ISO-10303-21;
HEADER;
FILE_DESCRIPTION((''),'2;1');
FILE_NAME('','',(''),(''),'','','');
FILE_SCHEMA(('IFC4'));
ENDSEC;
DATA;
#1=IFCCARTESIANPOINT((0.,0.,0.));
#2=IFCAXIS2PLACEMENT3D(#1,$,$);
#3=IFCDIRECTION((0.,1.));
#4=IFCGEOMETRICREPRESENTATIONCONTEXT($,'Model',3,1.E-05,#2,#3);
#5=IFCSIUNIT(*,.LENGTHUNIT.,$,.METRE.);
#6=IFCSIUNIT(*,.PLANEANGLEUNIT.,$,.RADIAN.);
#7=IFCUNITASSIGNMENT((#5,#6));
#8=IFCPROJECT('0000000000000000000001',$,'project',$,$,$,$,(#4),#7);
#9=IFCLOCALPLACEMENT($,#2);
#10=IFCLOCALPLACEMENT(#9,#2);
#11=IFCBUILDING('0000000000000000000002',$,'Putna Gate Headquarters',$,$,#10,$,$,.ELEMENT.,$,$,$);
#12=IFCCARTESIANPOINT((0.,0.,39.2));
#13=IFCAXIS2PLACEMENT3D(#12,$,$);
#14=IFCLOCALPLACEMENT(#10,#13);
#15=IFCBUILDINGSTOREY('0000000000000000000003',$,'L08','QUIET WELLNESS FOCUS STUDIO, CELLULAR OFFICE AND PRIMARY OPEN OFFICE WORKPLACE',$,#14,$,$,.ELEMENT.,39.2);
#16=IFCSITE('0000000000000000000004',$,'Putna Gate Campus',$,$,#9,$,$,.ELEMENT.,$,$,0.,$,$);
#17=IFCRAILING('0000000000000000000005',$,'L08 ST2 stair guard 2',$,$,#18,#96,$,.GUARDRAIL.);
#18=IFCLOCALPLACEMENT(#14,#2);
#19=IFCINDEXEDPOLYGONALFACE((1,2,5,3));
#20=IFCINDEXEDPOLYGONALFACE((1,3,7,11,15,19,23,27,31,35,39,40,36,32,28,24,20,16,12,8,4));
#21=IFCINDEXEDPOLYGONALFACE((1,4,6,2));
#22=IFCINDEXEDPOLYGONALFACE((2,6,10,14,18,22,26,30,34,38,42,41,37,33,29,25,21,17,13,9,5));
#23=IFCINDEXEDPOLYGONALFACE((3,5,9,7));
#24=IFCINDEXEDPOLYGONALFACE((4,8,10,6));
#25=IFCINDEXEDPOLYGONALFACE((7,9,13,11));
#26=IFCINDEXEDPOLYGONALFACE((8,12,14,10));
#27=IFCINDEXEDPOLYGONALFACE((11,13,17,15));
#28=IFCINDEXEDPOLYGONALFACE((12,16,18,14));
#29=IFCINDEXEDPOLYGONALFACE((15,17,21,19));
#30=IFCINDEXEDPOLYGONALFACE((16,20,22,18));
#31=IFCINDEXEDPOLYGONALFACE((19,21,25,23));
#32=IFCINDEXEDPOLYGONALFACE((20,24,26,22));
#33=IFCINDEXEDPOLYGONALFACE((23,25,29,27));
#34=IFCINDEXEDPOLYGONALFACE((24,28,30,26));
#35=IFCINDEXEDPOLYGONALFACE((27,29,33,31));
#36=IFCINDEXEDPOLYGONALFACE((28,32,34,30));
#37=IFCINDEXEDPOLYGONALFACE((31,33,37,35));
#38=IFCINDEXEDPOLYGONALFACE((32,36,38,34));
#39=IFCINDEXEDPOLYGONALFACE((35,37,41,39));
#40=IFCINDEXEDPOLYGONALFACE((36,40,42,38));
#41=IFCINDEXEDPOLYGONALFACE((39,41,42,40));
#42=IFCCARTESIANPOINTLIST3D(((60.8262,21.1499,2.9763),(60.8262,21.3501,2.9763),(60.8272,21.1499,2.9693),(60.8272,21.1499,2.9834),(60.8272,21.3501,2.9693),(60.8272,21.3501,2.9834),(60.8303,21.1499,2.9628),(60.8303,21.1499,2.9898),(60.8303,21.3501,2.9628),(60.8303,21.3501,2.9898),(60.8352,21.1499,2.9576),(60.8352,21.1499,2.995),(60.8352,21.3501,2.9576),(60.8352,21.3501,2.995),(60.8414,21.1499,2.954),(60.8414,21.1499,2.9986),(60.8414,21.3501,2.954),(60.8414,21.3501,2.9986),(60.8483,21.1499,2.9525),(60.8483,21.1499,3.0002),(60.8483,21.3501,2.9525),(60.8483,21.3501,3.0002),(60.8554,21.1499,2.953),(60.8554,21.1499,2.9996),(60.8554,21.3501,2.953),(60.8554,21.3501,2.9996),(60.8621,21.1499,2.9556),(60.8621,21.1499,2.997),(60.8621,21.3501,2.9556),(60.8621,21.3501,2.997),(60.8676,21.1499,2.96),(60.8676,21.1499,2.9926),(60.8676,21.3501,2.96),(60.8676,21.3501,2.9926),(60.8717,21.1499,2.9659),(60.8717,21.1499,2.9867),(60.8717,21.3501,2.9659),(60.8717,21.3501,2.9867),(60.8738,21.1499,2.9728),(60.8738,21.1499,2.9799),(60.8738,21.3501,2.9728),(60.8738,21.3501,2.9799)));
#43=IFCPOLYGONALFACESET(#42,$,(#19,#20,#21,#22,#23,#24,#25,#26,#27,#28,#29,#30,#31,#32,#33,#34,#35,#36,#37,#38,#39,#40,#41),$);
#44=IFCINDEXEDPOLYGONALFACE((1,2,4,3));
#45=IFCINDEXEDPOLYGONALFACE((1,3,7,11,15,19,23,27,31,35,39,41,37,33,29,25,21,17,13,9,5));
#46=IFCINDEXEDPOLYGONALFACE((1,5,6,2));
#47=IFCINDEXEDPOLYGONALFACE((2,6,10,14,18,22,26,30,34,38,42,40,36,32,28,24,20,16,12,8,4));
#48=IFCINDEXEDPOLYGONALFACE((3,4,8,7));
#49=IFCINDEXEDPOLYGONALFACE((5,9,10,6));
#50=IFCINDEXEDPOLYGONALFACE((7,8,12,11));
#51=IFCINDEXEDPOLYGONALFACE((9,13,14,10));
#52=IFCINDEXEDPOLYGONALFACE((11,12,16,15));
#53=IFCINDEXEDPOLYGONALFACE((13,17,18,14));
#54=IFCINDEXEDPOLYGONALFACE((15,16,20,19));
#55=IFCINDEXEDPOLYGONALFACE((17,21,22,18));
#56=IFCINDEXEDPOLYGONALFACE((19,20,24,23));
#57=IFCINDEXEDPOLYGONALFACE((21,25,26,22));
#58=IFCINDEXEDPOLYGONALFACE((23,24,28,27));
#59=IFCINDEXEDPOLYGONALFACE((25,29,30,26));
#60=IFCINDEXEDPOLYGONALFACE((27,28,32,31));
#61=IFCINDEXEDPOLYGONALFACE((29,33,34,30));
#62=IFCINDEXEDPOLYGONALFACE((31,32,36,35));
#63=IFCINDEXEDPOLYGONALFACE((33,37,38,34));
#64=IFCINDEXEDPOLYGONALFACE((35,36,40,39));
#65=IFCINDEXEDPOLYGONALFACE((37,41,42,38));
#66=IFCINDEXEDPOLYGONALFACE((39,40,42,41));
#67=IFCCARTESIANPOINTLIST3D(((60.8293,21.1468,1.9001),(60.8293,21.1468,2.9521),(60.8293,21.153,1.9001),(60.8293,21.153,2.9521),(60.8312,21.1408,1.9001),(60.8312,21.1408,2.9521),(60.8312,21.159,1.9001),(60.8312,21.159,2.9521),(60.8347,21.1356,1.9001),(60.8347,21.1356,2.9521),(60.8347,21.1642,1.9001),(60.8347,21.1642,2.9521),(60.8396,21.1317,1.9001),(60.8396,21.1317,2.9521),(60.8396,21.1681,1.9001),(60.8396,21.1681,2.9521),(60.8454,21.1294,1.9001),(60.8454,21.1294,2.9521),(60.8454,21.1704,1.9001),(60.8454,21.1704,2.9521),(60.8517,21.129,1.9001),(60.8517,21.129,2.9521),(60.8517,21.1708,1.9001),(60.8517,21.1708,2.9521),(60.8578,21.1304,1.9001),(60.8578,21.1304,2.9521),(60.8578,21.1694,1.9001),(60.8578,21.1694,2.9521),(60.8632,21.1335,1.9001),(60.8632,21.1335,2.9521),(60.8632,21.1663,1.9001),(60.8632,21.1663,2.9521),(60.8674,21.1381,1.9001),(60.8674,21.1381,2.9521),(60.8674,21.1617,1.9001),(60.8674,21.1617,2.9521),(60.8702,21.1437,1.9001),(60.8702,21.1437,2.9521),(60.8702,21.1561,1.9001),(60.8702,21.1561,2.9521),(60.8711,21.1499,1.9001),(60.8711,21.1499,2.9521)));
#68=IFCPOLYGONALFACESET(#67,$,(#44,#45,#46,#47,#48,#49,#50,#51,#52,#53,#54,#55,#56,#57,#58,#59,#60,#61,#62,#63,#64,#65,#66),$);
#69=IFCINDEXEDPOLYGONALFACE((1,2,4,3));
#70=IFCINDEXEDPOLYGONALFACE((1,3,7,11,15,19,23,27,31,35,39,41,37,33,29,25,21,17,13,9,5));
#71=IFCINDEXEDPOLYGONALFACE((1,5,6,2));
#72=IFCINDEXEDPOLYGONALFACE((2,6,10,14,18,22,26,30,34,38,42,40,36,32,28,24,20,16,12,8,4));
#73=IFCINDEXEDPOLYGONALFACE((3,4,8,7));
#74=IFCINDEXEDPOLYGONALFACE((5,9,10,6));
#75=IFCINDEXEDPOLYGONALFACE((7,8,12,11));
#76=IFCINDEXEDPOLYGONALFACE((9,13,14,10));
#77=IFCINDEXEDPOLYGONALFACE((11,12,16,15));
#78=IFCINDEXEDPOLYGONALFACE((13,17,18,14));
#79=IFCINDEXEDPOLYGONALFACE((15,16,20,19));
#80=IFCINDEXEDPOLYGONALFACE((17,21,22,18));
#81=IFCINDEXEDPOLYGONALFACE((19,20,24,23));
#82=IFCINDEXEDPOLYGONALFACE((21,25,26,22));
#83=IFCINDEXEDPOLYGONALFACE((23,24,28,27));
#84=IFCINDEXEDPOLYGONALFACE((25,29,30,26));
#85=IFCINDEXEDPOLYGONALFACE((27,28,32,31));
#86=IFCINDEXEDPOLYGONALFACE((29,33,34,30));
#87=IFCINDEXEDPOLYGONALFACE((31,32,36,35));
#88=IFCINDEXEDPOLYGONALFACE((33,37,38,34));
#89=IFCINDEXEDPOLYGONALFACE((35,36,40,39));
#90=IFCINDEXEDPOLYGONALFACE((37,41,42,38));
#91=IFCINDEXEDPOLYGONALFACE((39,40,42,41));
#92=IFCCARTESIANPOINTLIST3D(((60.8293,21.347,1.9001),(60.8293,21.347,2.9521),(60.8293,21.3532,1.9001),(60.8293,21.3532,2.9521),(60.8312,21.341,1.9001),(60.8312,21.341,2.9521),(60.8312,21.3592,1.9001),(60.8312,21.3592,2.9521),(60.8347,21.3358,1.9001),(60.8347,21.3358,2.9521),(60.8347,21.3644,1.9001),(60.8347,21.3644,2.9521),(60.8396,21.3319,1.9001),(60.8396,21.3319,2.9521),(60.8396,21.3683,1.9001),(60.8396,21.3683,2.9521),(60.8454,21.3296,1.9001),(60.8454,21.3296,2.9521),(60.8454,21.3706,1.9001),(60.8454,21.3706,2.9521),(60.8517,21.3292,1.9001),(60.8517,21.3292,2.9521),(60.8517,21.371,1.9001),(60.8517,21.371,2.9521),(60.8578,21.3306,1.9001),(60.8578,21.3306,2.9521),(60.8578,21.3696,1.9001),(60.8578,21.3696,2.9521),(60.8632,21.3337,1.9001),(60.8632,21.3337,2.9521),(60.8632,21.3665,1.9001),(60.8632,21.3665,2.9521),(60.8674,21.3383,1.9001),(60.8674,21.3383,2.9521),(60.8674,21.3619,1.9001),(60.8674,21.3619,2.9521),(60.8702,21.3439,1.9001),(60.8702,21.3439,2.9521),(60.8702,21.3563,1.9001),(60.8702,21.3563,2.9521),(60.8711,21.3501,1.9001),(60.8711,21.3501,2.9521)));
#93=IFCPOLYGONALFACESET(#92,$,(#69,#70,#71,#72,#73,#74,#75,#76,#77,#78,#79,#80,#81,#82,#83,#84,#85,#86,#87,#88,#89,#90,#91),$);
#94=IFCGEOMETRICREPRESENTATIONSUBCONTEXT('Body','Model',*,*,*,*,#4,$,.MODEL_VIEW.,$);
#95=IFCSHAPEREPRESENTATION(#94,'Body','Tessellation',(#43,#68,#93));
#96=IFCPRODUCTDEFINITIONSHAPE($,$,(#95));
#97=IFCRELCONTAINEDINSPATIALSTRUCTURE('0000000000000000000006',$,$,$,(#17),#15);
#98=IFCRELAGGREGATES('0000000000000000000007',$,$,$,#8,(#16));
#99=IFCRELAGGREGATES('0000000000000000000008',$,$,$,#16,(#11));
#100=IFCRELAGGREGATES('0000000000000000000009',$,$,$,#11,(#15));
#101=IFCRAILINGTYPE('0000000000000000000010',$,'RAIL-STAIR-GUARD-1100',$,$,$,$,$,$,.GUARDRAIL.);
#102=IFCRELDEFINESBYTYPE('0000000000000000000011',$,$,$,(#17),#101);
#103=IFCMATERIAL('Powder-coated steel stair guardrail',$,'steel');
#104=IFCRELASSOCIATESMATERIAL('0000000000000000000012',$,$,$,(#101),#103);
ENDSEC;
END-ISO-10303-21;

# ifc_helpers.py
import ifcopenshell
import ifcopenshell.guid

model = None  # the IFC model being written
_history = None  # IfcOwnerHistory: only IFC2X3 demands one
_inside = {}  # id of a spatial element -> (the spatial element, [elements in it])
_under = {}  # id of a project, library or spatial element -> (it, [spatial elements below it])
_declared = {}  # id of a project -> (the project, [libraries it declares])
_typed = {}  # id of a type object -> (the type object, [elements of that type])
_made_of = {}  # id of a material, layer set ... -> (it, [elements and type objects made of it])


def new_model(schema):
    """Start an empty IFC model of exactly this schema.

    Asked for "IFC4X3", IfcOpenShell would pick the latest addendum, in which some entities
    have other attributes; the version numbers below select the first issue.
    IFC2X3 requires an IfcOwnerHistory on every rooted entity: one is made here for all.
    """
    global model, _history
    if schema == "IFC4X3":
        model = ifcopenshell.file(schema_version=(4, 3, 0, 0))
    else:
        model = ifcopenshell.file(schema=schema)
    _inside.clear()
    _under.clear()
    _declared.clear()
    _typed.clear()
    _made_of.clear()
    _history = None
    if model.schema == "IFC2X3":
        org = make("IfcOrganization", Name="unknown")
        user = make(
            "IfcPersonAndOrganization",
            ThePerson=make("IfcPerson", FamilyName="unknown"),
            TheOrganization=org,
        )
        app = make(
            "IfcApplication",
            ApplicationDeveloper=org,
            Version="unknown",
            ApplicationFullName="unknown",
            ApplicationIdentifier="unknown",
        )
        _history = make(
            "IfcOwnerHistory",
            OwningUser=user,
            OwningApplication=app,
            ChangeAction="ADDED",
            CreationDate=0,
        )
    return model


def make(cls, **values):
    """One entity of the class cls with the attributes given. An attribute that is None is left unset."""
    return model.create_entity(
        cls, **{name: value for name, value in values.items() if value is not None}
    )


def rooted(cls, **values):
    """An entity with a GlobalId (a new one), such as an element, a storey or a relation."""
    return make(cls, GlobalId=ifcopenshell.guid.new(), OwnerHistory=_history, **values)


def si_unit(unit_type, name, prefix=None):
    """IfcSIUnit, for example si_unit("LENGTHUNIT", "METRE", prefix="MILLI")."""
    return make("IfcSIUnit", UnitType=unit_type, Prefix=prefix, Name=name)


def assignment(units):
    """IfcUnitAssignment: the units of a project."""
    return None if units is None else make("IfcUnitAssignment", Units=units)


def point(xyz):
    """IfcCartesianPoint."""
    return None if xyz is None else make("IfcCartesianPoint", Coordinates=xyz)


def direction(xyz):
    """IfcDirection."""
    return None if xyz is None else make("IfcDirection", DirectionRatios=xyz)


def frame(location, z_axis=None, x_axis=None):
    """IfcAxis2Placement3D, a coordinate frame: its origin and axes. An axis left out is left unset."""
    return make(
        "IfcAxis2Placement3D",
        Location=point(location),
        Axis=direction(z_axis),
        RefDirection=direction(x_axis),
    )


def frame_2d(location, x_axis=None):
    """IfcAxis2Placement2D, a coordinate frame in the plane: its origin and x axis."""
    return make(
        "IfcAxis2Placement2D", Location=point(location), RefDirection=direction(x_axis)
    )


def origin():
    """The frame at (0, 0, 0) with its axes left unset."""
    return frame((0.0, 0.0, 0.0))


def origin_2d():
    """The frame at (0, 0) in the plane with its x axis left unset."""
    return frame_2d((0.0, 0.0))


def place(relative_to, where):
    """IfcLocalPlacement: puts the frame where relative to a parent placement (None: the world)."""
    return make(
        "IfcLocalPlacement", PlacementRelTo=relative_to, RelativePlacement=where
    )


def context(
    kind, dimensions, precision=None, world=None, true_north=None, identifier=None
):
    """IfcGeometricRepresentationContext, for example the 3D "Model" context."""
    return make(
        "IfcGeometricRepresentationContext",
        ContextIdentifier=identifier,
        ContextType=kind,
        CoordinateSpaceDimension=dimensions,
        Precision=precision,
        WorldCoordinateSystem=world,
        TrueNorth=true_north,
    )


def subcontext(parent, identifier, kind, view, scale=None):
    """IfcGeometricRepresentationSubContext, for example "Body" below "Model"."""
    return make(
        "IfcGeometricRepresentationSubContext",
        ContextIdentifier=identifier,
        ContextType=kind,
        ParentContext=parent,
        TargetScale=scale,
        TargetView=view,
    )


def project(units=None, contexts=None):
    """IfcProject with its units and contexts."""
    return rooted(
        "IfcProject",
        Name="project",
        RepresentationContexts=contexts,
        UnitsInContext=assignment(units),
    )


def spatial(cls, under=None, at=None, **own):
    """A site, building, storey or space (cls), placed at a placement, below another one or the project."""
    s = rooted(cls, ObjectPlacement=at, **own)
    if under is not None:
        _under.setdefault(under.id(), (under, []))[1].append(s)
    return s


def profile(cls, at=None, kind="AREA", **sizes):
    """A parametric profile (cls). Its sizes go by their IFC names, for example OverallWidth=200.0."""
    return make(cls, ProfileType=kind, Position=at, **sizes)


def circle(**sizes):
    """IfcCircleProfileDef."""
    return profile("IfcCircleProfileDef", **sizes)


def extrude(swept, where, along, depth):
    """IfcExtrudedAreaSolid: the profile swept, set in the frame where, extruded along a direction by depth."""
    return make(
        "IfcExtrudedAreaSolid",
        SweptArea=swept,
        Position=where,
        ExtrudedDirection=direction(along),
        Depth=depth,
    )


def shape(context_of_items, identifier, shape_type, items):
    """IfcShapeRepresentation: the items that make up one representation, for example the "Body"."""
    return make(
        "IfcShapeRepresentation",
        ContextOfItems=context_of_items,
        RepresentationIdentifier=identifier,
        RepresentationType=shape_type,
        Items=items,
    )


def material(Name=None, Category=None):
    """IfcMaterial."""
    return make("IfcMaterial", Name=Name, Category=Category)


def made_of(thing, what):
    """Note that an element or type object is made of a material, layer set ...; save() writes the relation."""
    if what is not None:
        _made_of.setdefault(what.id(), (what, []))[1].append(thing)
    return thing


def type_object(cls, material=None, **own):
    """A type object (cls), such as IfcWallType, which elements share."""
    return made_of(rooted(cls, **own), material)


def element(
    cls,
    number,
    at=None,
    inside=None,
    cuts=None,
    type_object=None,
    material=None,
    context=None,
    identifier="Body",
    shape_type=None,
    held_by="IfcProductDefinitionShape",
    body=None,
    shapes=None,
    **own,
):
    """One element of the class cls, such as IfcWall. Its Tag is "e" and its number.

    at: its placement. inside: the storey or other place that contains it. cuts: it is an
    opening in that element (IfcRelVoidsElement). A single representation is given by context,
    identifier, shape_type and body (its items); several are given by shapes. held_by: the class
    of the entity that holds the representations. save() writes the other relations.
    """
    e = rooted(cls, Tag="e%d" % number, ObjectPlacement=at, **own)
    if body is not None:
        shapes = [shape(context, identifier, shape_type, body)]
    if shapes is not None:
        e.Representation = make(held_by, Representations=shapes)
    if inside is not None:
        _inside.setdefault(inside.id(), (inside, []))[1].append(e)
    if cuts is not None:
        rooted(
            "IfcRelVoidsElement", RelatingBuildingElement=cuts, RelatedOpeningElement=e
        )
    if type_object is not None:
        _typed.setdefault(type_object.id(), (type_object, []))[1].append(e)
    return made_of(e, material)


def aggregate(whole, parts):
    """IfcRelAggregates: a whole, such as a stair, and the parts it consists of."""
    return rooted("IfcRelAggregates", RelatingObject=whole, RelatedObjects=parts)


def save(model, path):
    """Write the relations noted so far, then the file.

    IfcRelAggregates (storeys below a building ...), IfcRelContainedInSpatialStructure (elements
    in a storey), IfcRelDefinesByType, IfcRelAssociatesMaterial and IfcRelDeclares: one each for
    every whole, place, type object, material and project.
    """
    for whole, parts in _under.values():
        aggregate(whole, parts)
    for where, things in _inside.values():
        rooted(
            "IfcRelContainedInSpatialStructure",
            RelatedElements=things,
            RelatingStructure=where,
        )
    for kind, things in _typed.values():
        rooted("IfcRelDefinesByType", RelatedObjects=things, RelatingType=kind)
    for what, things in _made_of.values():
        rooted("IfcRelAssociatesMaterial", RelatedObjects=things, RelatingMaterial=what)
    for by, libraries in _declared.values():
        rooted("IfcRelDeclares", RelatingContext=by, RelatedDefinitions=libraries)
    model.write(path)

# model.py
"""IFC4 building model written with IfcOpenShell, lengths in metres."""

from ifc_helpers import new_model, si_unit, direction, frame, origin, origin_2d, place, context, subcontext, project, spatial, circle, extrude, material, type_object, element, save


model = new_model("IFC4")

# Units and contexts
model_context = context("Model", 3, precision=1e-05, world=origin(), true_north=direction((0.0, 1.0)))
body_context = subcontext(model_context, "Body", "Model", "MODEL_VIEW")
ifc_project = project(units=[si_unit("LENGTHUNIT", "METRE"), si_unit("PLANEANGLEUNIT", "RADIAN")], contexts=[model_context])

# Site, building, storey
site_placement = place(None, origin())
site = spatial("IfcSite", under=ifc_project, at=site_placement, Name="Putna Gate Campus", CompositionType="ELEMENT", RefElevation=0.0)
building_placement = place(site_placement, origin())
building = spatial("IfcBuilding", under=site, at=building_placement, Name="Putna Gate Headquarters", CompositionType="ELEMENT")
storey_placement = place(building_placement, frame((0.0, 0.0, 39.2)))
storey = spatial("IfcBuildingStorey", under=building, at=storey_placement, Name="L08", Description="QUIET WELLNESS FOCUS STUDIO, CELLULAR OFFICE AND PRIMARY OPEN OFFICE WORKPLACE", CompositionType="ELEMENT", Elevation=39.2)

# Railing
ifc_material_1 = material(Name="Powder-coated steel stair guardrail", Category="steel")
railing_type = type_object("IfcRailingType", Name="RAIL-STAIR-GUARD-1100", PredefinedType="GUARDRAIL", material=ifc_material_1)
railing_1_placement = place(storey_placement, frame((60.8501, 21.1499, 1.9001)))
element("IfcRailing", 1, at=railing_1_placement, inside=storey, type_object=railing_type, Name="L08 ST2 stair guard 2", PredefinedType="GUARDRAIL", context=body_context, shape_type="SweptSolid", body=[
    extrude(circle(Radius=0.0239, at=origin_2d()), frame((0.0, 0.0, 1.0762), z_axis=(0.0, 1.0, 0.0), x_axis=(-1.0, 0.0, 0.0)), (0.0, 0.0, 1.0), 0.2002),
    extrude(circle(Radius=0.021, at=origin_2d()), origin(), (0.0, 0.0, 1.0), 1.052),
    extrude(circle(Radius=0.021, at=origin_2d()), frame((0.0, 0.2002, 0.0)), (0.0, 0.0, 1.0), 1.052),
])

save(model, "model.ifc")
